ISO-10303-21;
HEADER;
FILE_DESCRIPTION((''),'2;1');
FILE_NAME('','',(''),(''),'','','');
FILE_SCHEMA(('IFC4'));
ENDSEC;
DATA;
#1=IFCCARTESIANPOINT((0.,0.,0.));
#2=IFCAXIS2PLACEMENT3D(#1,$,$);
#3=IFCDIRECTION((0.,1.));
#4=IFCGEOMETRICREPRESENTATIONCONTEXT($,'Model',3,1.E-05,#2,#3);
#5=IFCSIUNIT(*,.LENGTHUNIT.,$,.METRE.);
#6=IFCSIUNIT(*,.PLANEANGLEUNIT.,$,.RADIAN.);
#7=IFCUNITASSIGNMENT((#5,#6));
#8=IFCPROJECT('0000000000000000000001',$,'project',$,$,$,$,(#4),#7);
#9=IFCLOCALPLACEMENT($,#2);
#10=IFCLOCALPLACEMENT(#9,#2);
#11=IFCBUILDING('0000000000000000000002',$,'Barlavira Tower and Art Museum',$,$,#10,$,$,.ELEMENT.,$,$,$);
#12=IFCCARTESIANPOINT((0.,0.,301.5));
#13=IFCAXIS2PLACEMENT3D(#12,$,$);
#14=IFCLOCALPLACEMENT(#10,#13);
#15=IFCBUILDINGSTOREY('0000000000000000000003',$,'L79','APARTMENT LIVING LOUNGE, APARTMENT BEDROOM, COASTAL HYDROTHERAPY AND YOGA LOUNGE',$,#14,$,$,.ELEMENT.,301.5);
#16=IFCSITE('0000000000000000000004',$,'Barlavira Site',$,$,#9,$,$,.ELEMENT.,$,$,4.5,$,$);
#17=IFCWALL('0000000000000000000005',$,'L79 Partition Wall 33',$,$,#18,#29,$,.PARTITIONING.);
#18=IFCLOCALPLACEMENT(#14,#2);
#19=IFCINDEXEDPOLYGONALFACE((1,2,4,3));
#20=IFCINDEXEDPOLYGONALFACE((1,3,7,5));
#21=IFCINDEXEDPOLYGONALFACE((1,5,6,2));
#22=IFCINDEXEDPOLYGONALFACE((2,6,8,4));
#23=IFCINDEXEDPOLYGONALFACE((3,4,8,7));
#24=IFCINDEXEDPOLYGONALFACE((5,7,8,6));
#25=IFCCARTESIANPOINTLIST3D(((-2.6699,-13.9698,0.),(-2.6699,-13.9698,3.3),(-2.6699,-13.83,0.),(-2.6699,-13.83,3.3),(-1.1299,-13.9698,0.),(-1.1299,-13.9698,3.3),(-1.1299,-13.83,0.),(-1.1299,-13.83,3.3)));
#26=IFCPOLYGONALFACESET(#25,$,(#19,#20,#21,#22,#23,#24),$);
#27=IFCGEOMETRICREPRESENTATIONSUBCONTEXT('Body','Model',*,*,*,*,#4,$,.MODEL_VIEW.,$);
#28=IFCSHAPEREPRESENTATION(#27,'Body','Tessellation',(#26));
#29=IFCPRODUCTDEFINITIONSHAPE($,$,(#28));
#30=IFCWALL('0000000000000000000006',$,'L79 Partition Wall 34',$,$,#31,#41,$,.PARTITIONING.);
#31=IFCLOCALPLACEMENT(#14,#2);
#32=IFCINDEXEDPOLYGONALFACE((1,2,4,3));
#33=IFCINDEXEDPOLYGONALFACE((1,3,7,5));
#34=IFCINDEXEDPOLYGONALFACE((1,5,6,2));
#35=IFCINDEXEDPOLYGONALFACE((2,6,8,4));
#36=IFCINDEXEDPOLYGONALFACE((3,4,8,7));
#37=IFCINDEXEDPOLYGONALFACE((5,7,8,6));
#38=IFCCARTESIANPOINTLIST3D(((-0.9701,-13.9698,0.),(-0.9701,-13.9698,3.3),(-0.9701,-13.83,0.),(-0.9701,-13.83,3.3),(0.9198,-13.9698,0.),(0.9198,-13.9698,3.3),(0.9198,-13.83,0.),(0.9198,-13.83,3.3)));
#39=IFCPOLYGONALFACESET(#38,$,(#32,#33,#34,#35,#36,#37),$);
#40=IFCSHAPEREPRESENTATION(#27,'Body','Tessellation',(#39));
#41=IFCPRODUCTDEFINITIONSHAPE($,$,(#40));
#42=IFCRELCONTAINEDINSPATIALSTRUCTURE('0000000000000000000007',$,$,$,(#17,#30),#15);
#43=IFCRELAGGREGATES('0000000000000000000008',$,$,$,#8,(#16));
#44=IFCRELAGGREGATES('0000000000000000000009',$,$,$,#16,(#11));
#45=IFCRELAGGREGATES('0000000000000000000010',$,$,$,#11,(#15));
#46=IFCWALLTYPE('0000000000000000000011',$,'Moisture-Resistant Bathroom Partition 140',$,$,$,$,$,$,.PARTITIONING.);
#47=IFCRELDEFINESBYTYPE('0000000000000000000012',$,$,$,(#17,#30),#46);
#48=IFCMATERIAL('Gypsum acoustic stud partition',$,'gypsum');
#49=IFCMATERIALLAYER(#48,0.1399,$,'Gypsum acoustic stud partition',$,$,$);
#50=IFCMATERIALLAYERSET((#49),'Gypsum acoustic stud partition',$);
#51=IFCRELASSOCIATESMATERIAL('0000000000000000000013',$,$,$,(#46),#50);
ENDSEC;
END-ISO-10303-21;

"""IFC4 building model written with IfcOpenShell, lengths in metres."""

from ifc_helpers import new_model, si_unit, direction, frame, frame_2d, origin, place, context, subcontext, project, spatial, rectangle, extrude, material, layer, layer_set, type_object, element, save


model = new_model("IFC4")

# Units and contexts
model_context = context("Model", 3, precision=1e-05, world=origin(), true_north=direction((0.0, 1.0)))
body_context = subcontext(model_context, "Body", "Model", "MODEL_VIEW")
ifc_project = project(units=[si_unit("LENGTHUNIT", "METRE"), si_unit("PLANEANGLEUNIT", "RADIAN")], contexts=[model_context])

# Site, building, storey
site_placement = place(None, origin())
site = spatial("IfcSite", under=ifc_project, at=site_placement, Name="Barlavira Site", CompositionType="ELEMENT", RefElevation=4.5)
building_placement = place(site_placement, origin())
building = spatial("IfcBuilding", under=site, at=building_placement, Name="Barlavira Tower and Art Museum", CompositionType="ELEMENT")
storey_placement = place(building_placement, frame((0.0, 0.0, 301.5)))
storey = spatial("IfcBuildingStorey", under=building, at=storey_placement, Name="L79", Description="APARTMENT LIVING LOUNGE, APARTMENT BEDROOM, COASTAL HYDROTHERAPY AND YOGA LOUNGE", CompositionType="ELEMENT", Elevation=301.5)

# Shared definitions
ifc_material_1 = material(Name="Gypsum acoustic stud partition", Category="gypsum")

# Shared definitions
ifc_layer_1 = layer(ifc_material_1, 0.1399, Name="Gypsum acoustic stud partition")
ifc_layer_set_1 = layer_set([ifc_layer_1], Name="Gypsum acoustic stud partition")
wall_type_1 = type_object("IfcWallType", Name="Moisture-Resistant Bathroom Partition 140", PredefinedType="PARTITIONING", material=ifc_layer_set_1)

# Walls
wall_1_placement = place(storey_placement, frame((-2.6699, -13.8999, 0.0), z_axis=(0.0, 0.0, 1.0), x_axis=(1.0, 0.0, 0.0)))
element("IfcWall", 1, at=wall_1_placement, inside=storey, type_object=wall_type_1, Name="L79 Partition Wall 33", PredefinedType="PARTITIONING", context=body_context, shape_type="SweptSolid", body=[
    extrude(rectangle(XDim=1.54, YDim=0.1399, at=frame_2d((0.77, 0.0))), origin(), (0.0, 0.0, 1.0), 3.3),
])
wall_2_placement = place(storey_placement, frame((-0.97, -13.8999, 0.0), z_axis=(0.0, 0.0, 1.0), x_axis=(1.0, 0.0, 0.0)))
element("IfcWall", 2, at=wall_2_placement, inside=storey, type_object=wall_type_1, Name="L79 Partition Wall 34", PredefinedType="PARTITIONING", context=body_context, shape_type="SweptSolid", body=[
    extrude(rectangle(XDim=1.8899, YDim=0.1399, at=frame_2d((0.9448, 0.0))), origin(), (0.0, 0.0, 1.0), 3.3),
])

save(model, "model.ifc")
